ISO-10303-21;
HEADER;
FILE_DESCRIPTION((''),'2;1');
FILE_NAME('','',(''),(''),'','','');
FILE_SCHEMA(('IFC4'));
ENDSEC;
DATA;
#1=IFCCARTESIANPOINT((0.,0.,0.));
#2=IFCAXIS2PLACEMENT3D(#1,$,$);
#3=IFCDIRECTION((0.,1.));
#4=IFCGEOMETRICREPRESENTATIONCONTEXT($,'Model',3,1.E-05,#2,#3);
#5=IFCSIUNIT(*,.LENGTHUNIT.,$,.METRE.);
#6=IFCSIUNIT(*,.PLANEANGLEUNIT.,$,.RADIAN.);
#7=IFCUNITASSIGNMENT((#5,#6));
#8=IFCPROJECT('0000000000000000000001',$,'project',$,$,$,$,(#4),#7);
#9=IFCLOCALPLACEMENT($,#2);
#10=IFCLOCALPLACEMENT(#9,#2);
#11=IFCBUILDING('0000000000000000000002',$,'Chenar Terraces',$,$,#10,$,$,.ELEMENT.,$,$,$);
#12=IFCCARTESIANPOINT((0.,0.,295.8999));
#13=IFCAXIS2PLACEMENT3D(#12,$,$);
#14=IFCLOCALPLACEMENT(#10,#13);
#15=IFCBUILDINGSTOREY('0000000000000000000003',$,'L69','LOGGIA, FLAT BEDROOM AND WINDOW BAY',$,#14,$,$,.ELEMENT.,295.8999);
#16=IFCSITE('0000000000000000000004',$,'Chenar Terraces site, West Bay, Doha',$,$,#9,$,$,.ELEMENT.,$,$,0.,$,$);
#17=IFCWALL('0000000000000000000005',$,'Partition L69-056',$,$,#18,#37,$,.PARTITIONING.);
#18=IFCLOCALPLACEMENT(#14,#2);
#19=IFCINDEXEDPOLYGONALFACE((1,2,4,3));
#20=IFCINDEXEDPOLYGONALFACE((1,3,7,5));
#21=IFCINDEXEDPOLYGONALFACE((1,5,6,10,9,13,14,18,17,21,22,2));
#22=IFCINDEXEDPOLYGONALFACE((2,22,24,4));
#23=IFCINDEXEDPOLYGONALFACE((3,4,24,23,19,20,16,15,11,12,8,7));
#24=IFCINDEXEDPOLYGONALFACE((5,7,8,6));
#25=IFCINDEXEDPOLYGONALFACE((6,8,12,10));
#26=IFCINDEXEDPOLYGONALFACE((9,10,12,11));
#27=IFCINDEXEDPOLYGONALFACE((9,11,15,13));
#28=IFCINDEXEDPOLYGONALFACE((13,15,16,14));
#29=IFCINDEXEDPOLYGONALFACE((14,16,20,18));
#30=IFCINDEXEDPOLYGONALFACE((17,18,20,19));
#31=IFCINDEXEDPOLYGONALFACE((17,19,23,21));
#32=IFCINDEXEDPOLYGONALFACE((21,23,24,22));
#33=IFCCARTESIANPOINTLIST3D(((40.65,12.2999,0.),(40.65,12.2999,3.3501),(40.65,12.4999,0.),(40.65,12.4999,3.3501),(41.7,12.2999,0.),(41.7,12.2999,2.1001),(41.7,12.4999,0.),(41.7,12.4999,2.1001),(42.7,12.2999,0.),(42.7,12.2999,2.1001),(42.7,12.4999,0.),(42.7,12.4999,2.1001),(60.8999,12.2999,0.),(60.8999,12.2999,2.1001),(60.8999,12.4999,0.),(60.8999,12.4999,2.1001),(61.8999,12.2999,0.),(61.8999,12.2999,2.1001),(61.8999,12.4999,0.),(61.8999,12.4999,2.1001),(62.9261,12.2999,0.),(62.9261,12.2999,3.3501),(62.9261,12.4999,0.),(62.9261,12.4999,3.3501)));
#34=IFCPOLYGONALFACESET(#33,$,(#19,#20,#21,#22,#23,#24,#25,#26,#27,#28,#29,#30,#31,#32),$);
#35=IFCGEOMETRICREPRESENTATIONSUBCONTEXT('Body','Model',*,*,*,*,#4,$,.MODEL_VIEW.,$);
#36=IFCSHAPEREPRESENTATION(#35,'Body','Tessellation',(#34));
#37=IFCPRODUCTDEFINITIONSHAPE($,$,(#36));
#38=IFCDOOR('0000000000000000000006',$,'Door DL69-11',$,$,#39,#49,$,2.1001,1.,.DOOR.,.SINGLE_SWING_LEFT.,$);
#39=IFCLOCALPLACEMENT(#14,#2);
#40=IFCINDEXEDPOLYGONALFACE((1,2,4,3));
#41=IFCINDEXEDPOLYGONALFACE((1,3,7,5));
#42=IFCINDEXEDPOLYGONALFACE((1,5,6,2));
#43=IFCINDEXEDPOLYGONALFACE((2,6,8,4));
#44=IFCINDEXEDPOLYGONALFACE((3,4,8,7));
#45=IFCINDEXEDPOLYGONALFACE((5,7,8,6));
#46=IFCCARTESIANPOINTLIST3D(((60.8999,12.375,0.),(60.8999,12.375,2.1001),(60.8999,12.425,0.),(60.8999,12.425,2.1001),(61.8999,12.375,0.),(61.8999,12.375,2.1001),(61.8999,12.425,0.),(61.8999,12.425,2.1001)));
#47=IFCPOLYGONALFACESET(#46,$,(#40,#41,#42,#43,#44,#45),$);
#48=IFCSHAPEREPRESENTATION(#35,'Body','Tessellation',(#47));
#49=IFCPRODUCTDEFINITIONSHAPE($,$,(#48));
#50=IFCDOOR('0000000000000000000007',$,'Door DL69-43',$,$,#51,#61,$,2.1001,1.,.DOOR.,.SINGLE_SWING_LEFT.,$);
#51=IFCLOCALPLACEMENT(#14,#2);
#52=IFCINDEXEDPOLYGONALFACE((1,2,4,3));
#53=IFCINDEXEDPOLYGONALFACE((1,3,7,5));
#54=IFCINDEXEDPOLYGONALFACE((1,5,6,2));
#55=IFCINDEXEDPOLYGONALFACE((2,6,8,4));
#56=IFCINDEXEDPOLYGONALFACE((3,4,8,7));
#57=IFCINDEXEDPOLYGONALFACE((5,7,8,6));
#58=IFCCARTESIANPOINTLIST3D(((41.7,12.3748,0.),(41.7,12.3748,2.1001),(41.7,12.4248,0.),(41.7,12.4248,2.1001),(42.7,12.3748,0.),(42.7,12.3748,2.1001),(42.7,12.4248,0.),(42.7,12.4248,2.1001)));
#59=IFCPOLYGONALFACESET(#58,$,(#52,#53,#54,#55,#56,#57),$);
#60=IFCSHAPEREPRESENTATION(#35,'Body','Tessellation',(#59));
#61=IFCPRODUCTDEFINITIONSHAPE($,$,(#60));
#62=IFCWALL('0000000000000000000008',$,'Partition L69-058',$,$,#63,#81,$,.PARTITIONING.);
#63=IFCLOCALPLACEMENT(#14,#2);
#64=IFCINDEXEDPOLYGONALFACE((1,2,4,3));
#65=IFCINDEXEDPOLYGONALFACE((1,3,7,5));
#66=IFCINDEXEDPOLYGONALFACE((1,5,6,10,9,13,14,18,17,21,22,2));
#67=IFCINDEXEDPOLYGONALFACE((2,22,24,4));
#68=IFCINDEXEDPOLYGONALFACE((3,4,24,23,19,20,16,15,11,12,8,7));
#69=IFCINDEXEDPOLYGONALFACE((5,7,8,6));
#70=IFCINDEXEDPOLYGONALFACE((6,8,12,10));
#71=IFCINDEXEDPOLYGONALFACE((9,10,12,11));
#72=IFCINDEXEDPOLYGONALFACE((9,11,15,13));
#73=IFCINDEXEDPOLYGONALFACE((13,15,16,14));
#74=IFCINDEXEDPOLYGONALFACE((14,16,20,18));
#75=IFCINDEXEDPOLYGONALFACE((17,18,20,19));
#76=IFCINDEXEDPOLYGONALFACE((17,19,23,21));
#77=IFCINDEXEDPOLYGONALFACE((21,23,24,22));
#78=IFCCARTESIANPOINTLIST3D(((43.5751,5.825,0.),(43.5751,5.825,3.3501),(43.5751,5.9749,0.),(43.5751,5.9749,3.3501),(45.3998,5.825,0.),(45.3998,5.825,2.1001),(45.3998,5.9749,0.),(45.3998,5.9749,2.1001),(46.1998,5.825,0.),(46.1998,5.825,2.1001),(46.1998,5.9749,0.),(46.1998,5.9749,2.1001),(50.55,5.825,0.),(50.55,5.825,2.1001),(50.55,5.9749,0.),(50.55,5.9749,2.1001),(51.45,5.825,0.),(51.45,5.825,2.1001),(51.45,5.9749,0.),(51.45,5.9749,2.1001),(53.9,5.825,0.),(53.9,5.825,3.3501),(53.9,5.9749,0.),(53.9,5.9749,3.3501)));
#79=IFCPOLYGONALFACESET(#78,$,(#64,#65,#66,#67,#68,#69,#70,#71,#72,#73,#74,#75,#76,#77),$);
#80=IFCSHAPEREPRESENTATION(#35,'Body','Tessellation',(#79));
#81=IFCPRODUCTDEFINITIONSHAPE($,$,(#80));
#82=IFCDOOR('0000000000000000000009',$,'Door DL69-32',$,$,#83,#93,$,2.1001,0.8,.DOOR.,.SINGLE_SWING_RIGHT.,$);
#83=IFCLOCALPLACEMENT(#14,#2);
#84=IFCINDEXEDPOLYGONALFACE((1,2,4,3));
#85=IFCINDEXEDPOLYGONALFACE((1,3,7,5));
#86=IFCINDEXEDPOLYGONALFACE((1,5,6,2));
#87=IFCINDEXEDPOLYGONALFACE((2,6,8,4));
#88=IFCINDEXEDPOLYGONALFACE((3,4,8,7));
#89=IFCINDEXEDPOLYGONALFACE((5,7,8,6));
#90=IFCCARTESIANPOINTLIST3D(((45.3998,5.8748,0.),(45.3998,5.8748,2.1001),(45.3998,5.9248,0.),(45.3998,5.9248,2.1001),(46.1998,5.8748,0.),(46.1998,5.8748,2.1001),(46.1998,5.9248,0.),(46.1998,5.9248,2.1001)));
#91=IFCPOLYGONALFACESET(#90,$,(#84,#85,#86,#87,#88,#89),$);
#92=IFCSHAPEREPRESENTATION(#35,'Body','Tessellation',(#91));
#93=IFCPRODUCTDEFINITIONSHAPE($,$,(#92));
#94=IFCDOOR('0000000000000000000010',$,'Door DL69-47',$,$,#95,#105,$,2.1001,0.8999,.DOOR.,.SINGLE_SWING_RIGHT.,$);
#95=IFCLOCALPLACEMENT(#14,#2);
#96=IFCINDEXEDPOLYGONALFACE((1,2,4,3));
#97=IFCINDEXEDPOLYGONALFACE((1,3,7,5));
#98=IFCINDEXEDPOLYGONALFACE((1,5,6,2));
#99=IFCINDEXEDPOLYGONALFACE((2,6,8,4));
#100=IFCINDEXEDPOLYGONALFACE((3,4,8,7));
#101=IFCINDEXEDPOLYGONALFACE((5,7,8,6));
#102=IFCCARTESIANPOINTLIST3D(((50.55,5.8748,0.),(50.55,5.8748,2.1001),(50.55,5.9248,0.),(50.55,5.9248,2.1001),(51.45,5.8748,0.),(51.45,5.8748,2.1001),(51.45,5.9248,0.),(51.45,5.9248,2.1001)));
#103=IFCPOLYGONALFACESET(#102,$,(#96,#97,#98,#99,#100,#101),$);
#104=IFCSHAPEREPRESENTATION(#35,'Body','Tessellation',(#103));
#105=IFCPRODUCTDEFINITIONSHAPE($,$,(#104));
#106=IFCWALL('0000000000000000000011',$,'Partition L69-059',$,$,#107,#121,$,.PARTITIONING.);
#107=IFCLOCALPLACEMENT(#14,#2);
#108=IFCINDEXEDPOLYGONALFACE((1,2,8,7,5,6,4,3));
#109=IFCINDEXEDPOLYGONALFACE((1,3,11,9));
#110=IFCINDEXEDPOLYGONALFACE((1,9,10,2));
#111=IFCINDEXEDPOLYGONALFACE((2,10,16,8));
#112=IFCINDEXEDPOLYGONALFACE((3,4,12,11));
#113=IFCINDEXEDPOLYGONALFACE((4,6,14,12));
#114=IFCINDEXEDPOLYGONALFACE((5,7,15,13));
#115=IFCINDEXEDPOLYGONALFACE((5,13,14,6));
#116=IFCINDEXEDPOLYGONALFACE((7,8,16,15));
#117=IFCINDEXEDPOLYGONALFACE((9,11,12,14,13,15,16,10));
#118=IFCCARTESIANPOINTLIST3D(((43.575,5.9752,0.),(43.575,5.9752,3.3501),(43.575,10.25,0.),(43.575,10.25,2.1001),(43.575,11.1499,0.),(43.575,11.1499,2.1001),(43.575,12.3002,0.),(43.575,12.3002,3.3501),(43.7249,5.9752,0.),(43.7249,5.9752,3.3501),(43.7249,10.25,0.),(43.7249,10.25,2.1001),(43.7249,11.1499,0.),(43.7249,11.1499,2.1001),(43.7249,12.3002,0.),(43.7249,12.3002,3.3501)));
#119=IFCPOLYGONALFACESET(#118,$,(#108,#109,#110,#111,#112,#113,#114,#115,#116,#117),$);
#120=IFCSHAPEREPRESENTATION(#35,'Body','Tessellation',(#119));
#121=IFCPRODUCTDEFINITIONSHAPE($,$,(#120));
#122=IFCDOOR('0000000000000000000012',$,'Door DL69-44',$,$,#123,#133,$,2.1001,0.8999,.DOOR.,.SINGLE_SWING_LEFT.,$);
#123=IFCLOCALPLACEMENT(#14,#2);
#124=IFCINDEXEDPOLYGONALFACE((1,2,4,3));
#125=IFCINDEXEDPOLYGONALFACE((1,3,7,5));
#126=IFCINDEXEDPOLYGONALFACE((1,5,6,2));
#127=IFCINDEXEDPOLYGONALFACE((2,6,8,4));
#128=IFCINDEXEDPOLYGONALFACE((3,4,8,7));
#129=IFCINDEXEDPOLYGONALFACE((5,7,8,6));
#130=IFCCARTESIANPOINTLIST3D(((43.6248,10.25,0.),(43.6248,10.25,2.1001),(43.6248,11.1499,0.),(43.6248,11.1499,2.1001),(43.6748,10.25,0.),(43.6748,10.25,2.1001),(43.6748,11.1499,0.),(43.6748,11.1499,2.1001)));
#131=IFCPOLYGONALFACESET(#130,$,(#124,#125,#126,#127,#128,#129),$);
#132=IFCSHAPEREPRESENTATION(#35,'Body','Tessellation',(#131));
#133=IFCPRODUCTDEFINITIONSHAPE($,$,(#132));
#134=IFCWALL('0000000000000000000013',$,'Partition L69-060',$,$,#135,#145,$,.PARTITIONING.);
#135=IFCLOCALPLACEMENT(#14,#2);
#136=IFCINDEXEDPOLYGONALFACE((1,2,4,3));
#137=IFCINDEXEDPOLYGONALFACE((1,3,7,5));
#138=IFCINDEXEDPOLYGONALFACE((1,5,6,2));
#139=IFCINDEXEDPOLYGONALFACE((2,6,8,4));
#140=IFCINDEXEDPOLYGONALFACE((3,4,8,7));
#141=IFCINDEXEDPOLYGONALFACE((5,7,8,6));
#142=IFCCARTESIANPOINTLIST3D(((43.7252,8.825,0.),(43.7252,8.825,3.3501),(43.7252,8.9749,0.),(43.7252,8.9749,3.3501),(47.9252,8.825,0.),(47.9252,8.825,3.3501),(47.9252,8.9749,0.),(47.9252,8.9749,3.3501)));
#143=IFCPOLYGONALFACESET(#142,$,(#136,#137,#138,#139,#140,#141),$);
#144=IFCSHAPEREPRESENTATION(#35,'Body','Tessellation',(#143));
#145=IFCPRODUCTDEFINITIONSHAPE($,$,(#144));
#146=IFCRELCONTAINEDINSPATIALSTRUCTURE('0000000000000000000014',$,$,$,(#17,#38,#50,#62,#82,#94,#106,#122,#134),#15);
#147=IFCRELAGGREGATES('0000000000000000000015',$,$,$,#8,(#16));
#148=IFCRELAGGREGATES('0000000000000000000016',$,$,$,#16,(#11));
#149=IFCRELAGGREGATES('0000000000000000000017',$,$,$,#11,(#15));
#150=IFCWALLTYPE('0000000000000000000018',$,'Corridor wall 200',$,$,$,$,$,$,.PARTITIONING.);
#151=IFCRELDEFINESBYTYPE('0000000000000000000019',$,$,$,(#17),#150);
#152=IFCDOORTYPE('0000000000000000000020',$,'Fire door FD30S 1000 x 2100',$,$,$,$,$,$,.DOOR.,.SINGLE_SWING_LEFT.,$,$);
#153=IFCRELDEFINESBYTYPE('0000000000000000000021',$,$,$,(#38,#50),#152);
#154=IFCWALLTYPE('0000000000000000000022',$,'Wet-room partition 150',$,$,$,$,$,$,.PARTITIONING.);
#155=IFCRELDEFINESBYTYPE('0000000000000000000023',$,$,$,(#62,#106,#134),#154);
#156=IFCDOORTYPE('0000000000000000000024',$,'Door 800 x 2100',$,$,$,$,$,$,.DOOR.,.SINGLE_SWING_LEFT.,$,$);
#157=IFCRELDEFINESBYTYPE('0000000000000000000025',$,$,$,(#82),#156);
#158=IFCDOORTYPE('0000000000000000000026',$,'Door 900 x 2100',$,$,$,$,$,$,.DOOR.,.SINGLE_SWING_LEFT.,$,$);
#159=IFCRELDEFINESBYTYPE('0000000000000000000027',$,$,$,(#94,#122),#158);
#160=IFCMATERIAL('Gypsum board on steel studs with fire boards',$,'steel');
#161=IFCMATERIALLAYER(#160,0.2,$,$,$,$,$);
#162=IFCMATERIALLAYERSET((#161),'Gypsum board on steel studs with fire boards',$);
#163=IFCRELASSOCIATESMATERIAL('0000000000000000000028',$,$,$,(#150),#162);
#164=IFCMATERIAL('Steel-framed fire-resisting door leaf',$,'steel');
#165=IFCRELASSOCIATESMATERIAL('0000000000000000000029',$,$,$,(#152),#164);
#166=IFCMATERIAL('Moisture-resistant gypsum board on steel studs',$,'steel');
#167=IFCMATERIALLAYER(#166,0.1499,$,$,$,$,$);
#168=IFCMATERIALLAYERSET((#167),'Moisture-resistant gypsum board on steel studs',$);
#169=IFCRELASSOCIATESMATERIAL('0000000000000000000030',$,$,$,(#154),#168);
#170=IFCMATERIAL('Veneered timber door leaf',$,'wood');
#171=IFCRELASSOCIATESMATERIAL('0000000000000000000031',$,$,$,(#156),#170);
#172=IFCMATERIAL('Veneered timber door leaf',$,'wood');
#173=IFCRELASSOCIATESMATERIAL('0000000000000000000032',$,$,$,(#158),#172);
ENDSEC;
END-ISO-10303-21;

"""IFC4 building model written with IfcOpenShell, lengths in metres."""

from ifc_helpers import new_model, si_unit, direction, frame, frame_2d, origin, place, context, subcontext, project, spatial, rectangle, extrude, material, layer, layer_set, type_object, element, fill, save


model = new_model("IFC4")

# Units and contexts
model_context = context("Model", 3, precision=1e-05, world=origin(), true_north=direction((0.0, 1.0)))
body_context = subcontext(model_context, "Body", "Model", "MODEL_VIEW")
ifc_project = project(units=[si_unit("LENGTHUNIT", "METRE"), si_unit("PLANEANGLEUNIT", "RADIAN")], contexts=[model_context])

# Site, building, storey
site_placement = place(None, origin())
site = spatial("IfcSite", under=ifc_project, at=site_placement, Name="Chenar Terraces site, West Bay, Doha", CompositionType="ELEMENT", RefElevation=0.0)
building_placement = place(site_placement, origin())
building = spatial("IfcBuilding", under=site, at=building_placement, Name="Chenar Terraces", CompositionType="ELEMENT")
storey_placement = place(building_placement, frame((0.0, 0.0, 295.8999)))
storey = spatial("IfcBuildingStorey", under=building, at=storey_placement, Name="L69", Description="LOGGIA, FLAT BEDROOM AND WINDOW BAY", CompositionType="ELEMENT", Elevation=295.8999)

# Shared definitions
ifc_material_1 = material(Name="Gypsum board on steel studs with fire boards", Category="steel")
ifc_layer_1 = layer(ifc_material_1, 0.2)
ifc_layer_set_1 = layer_set([ifc_layer_1], Name="Gypsum board on steel studs with fire boards")
wall_type_1 = type_object("IfcWallType", Name="Corridor wall 200", PredefinedType="PARTITIONING", material=ifc_layer_set_1)

# Walls, openings, doors
wall_1_placement = place(storey_placement, frame((40.6499, 12.3999, 0.0), z_axis=(0.0, 0.0, 1.0), x_axis=(1.0, 0.0, 0.0)))
wall_1 = element("IfcWall", 1, at=wall_1_placement, inside=storey, type_object=wall_type_1, Name="Partition L69-056", PredefinedType="PARTITIONING", context=body_context, shape_type="SweptSolid", body=[
    extrude(rectangle(XDim=22.2761, YDim=0.2, at=frame_2d((11.1382, 0.0))), origin(), (0.0, 0.0, 1.0), 3.3501),
])
opening_1_placement = place(wall_1_placement, frame((20.25, 0.0, 0.0)))
opening_1 = element("IfcOpeningElement", 2, at=opening_1_placement, cuts=wall_1, PredefinedType="OPENING", context=body_context, shape_type="SweptSolid", body=[
    extrude(rectangle(XDim=1.0, YDim=2.1001, at=frame_2d((0.5, 1.05))), frame((0.0, 0.1099, 0.0), z_axis=(0.0, -1.0, 0.0), x_axis=(1.0, 0.0, 0.0)), (0.0, 0.0, 1.0), 0.22),
])
opening_2_placement = place(wall_1_placement, frame((1.05, 0.0, 0.0)))
opening_2 = element("IfcOpeningElement", 3, at=opening_2_placement, cuts=wall_1, PredefinedType="OPENING", context=body_context, shape_type="SweptSolid", body=[
    extrude(rectangle(XDim=1.0, YDim=2.1001, at=frame_2d((0.5, 1.05))), frame((0.0, 0.1099, 0.0), z_axis=(0.0, -1.0, 0.0), x_axis=(1.0, 0.0, 0.0)), (0.0, 0.0, 1.0), 0.22),
])
ifc_material_2 = material(Name="Steel-framed fire-resisting door leaf", Category="steel")
door_type_1 = type_object("IfcDoorType", Name="Fire door FD30S 1000 x 2100", OperationType="SINGLE_SWING_LEFT", PredefinedType="DOOR", material=ifc_material_2)
door_1_placement = place(opening_1_placement, frame((1.0, 0.0, 0.0), z_axis=(0.0, 0.0, 1.0), x_axis=(-1.0, 0.0, 0.0)))
door_1 = element("IfcDoor", 4, at=door_1_placement, inside=storey, type_object=door_type_1, Name="Door DL69-11", OperationType="SINGLE_SWING_LEFT", OverallHeight=2.1001, OverallWidth=1.0, PredefinedType="DOOR", context=body_context, shape_type="SweptSolid", body=[
    extrude(rectangle(XDim=1.0, YDim=2.1001, at=frame_2d((0.5, 1.05))), frame((0.0, 0.0249, 0.0), z_axis=(0.0, -1.0, 0.0), x_axis=(1.0, 0.0, 0.0)), (0.0, 0.0, 1.0), 0.05),
])
fill(opening_1, door_1)
door_2_placement = place(opening_2_placement, origin())
door_2 = element("IfcDoor", 5, at=door_2_placement, inside=storey, type_object=door_type_1, Name="Door DL69-43", OperationType="SINGLE_SWING_LEFT", OverallHeight=2.1001, OverallWidth=1.0, PredefinedType="DOOR", context=body_context, shape_type="SweptSolid", body=[
    extrude(rectangle(XDim=1.0, YDim=2.1001, at=frame_2d((0.5, 1.05))), frame((0.0, 0.0249, 0.0), z_axis=(0.0, -1.0, 0.0), x_axis=(1.0, 0.0, 0.0)), (0.0, 0.0, 1.0), 0.05),
])
fill(opening_2, door_2)
ifc_material_3 = material(Name="Moisture-resistant gypsum board on steel studs", Category="steel")
ifc_layer_2 = layer(ifc_material_3, 0.1499)
ifc_layer_set_2 = layer_set([ifc_layer_2], Name="Moisture-resistant gypsum board on steel studs")
wall_type_2 = type_object("IfcWallType", Name="Wet-room partition 150", PredefinedType="PARTITIONING", material=ifc_layer_set_2)
wall_2_placement = place(storey_placement, frame((43.575, 5.8999, 0.0), z_axis=(0.0, 0.0, 1.0), x_axis=(1.0, 0.0, 0.0)))
wall_2 = element("IfcWall", 6, at=wall_2_placement, inside=storey, type_object=wall_type_2, Name="Partition L69-058", PredefinedType="PARTITIONING", context=body_context, shape_type="SweptSolid", body=[
    extrude(rectangle(XDim=10.325, YDim=0.1499, at=frame_2d((5.1626, 0.0))), origin(), (0.0, 0.0, 1.0), 3.3501),
])
opening_3_placement = place(wall_2_placement, frame((1.825, 0.0, 0.0)))
opening_3 = element("IfcOpeningElement", 7, at=opening_3_placement, cuts=wall_2, PredefinedType="OPENING", context=body_context, shape_type="SweptSolid", body=[
    extrude(rectangle(XDim=0.8, YDim=2.1001, at=frame_2d((0.3999, 1.05))), frame((0.0, 0.085, 0.0), z_axis=(0.0, -1.0, 0.0), x_axis=(1.0, 0.0, 0.0)), (0.0, 0.0, 1.0), 0.1699),
])
opening_4_placement = place(wall_2_placement, frame((6.9751, 0.0, 0.0)))
opening_4 = element("IfcOpeningElement", 8, at=opening_4_placement, cuts=wall_2, PredefinedType="OPENING", context=body_context, shape_type="SweptSolid", body=[
    extrude(rectangle(XDim=0.8999, YDim=2.1001, at=frame_2d((0.45, 1.05))), frame((0.0, 0.085, 0.0), z_axis=(0.0, -1.0, 0.0), x_axis=(1.0, 0.0, 0.0)), (0.0, 0.0, 1.0), 0.1699),
])
ifc_material_4 = material(Name="Veneered timber door leaf", Category="wood")
door_type_2 = type_object("IfcDoorType", Name="Door 800 x 2100", OperationType="SINGLE_SWING_LEFT", PredefinedType="DOOR", material=ifc_material_4)
door_3_placement = place(opening_3_placement, origin())
door_3 = element("IfcDoor", 9, at=door_3_placement, inside=storey, type_object=door_type_2, Name="Door DL69-32", OperationType="SINGLE_SWING_RIGHT", OverallHeight=2.1001, OverallWidth=0.8, PredefinedType="DOOR", context=body_context, shape_type="SweptSolid", body=[
    extrude(rectangle(XDim=0.8, YDim=2.1001, at=frame_2d((0.3999, 1.05))), frame((0.0, 0.0249, 0.0), z_axis=(0.0, -1.0, 0.0), x_axis=(1.0, 0.0, 0.0)), (0.0, 0.0, 1.0), 0.05),
])
fill(opening_3, door_3)
ifc_material_5 = material(Name="Veneered timber door leaf", Category="wood")
door_type_3 = type_object("IfcDoorType", Name="Door 900 x 2100", OperationType="SINGLE_SWING_LEFT", PredefinedType="DOOR", material=ifc_material_5)
door_4_placement = place(opening_4_placement, origin())
door_4 = element("IfcDoor", 10, at=door_4_placement, inside=storey, type_object=door_type_3, Name="Door DL69-47", OperationType="SINGLE_SWING_RIGHT", OverallHeight=2.1001, OverallWidth=0.8999, PredefinedType="DOOR", context=body_context, shape_type="SweptSolid", body=[
    extrude(rectangle(XDim=0.8999, YDim=2.1001, at=frame_2d((0.45, 1.05))), frame((0.0, 0.0249, 0.0), z_axis=(0.0, -1.0, 0.0), x_axis=(1.0, 0.0, 0.0)), (0.0, 0.0, 1.0), 0.05),
])
fill(opening_4, door_4)

# Wall, opening, door
wall_3_placement = place(storey_placement, frame((43.6499, 5.9751, 0.0), z_axis=(0.0, 0.0, 1.0), x_axis=(0.0, 1.0, 0.0)))
wall_3 = element("IfcWall", 11, at=wall_3_placement, inside=storey, type_object=wall_type_2, Name="Partition L69-059", PredefinedType="PARTITIONING", context=body_context, shape_type="SweptSolid", body=[
    extrude(rectangle(XDim=6.325, YDim=0.1499, at=frame_2d((3.1626, 0.0))), origin(), (0.0, 0.0, 1.0), 3.3501),
])
opening_5_placement = place(wall_3_placement, frame((4.2749, 0.0, 0.0)))
opening_5 = element("IfcOpeningElement", 12, at=opening_5_placement, cuts=wall_3, PredefinedType="OPENING", context=body_context, shape_type="SweptSolid", body=[
    extrude(rectangle(XDim=0.8999, YDim=2.1001, at=frame_2d((0.45, 1.05))), frame((0.0, 0.085, 0.0), z_axis=(0.0, -1.0, 0.0), x_axis=(1.0, 0.0, 0.0)), (0.0, 0.0, 1.0), 0.1699),
])
door_5_placement = place(opening_5_placement, frame((0.8999, 0.0, 0.0), z_axis=(0.0, 0.0, 1.0), x_axis=(-1.0, 0.0, 0.0)))
door_5 = element("IfcDoor", 13, at=door_5_placement, inside=storey, type_object=door_type_3, Name="Door DL69-44", OperationType="SINGLE_SWING_LEFT", OverallHeight=2.1001, OverallWidth=0.8999, PredefinedType="DOOR", context=body_context, shape_type="SweptSolid", body=[
    extrude(rectangle(XDim=0.8999, YDim=2.1001, at=frame_2d((0.45, 1.05))), frame((0.0, 0.0249, 0.0), z_axis=(0.0, -1.0, 0.0), x_axis=(1.0, 0.0, 0.0)), (0.0, 0.0, 1.0), 0.05),
])
fill(opening_5, door_5)

# Wall
wall_4_placement = place(storey_placement, frame((43.7251, 8.8999, 0.0), z_axis=(0.0, 0.0, 1.0), x_axis=(1.0, 0.0, 0.0)))
element("IfcWall", 14, at=wall_4_placement, inside=storey, type_object=wall_type_2, Name="Partition L69-060", PredefinedType="PARTITIONING", context=body_context, shape_type="SweptSolid", body=[
    extrude(rectangle(XDim=4.2, YDim=0.1499, at=frame_2d((2.1001, 0.0))), origin(), (0.0, 0.0, 1.0), 3.3501),
])

save(model, "model.ifc")
